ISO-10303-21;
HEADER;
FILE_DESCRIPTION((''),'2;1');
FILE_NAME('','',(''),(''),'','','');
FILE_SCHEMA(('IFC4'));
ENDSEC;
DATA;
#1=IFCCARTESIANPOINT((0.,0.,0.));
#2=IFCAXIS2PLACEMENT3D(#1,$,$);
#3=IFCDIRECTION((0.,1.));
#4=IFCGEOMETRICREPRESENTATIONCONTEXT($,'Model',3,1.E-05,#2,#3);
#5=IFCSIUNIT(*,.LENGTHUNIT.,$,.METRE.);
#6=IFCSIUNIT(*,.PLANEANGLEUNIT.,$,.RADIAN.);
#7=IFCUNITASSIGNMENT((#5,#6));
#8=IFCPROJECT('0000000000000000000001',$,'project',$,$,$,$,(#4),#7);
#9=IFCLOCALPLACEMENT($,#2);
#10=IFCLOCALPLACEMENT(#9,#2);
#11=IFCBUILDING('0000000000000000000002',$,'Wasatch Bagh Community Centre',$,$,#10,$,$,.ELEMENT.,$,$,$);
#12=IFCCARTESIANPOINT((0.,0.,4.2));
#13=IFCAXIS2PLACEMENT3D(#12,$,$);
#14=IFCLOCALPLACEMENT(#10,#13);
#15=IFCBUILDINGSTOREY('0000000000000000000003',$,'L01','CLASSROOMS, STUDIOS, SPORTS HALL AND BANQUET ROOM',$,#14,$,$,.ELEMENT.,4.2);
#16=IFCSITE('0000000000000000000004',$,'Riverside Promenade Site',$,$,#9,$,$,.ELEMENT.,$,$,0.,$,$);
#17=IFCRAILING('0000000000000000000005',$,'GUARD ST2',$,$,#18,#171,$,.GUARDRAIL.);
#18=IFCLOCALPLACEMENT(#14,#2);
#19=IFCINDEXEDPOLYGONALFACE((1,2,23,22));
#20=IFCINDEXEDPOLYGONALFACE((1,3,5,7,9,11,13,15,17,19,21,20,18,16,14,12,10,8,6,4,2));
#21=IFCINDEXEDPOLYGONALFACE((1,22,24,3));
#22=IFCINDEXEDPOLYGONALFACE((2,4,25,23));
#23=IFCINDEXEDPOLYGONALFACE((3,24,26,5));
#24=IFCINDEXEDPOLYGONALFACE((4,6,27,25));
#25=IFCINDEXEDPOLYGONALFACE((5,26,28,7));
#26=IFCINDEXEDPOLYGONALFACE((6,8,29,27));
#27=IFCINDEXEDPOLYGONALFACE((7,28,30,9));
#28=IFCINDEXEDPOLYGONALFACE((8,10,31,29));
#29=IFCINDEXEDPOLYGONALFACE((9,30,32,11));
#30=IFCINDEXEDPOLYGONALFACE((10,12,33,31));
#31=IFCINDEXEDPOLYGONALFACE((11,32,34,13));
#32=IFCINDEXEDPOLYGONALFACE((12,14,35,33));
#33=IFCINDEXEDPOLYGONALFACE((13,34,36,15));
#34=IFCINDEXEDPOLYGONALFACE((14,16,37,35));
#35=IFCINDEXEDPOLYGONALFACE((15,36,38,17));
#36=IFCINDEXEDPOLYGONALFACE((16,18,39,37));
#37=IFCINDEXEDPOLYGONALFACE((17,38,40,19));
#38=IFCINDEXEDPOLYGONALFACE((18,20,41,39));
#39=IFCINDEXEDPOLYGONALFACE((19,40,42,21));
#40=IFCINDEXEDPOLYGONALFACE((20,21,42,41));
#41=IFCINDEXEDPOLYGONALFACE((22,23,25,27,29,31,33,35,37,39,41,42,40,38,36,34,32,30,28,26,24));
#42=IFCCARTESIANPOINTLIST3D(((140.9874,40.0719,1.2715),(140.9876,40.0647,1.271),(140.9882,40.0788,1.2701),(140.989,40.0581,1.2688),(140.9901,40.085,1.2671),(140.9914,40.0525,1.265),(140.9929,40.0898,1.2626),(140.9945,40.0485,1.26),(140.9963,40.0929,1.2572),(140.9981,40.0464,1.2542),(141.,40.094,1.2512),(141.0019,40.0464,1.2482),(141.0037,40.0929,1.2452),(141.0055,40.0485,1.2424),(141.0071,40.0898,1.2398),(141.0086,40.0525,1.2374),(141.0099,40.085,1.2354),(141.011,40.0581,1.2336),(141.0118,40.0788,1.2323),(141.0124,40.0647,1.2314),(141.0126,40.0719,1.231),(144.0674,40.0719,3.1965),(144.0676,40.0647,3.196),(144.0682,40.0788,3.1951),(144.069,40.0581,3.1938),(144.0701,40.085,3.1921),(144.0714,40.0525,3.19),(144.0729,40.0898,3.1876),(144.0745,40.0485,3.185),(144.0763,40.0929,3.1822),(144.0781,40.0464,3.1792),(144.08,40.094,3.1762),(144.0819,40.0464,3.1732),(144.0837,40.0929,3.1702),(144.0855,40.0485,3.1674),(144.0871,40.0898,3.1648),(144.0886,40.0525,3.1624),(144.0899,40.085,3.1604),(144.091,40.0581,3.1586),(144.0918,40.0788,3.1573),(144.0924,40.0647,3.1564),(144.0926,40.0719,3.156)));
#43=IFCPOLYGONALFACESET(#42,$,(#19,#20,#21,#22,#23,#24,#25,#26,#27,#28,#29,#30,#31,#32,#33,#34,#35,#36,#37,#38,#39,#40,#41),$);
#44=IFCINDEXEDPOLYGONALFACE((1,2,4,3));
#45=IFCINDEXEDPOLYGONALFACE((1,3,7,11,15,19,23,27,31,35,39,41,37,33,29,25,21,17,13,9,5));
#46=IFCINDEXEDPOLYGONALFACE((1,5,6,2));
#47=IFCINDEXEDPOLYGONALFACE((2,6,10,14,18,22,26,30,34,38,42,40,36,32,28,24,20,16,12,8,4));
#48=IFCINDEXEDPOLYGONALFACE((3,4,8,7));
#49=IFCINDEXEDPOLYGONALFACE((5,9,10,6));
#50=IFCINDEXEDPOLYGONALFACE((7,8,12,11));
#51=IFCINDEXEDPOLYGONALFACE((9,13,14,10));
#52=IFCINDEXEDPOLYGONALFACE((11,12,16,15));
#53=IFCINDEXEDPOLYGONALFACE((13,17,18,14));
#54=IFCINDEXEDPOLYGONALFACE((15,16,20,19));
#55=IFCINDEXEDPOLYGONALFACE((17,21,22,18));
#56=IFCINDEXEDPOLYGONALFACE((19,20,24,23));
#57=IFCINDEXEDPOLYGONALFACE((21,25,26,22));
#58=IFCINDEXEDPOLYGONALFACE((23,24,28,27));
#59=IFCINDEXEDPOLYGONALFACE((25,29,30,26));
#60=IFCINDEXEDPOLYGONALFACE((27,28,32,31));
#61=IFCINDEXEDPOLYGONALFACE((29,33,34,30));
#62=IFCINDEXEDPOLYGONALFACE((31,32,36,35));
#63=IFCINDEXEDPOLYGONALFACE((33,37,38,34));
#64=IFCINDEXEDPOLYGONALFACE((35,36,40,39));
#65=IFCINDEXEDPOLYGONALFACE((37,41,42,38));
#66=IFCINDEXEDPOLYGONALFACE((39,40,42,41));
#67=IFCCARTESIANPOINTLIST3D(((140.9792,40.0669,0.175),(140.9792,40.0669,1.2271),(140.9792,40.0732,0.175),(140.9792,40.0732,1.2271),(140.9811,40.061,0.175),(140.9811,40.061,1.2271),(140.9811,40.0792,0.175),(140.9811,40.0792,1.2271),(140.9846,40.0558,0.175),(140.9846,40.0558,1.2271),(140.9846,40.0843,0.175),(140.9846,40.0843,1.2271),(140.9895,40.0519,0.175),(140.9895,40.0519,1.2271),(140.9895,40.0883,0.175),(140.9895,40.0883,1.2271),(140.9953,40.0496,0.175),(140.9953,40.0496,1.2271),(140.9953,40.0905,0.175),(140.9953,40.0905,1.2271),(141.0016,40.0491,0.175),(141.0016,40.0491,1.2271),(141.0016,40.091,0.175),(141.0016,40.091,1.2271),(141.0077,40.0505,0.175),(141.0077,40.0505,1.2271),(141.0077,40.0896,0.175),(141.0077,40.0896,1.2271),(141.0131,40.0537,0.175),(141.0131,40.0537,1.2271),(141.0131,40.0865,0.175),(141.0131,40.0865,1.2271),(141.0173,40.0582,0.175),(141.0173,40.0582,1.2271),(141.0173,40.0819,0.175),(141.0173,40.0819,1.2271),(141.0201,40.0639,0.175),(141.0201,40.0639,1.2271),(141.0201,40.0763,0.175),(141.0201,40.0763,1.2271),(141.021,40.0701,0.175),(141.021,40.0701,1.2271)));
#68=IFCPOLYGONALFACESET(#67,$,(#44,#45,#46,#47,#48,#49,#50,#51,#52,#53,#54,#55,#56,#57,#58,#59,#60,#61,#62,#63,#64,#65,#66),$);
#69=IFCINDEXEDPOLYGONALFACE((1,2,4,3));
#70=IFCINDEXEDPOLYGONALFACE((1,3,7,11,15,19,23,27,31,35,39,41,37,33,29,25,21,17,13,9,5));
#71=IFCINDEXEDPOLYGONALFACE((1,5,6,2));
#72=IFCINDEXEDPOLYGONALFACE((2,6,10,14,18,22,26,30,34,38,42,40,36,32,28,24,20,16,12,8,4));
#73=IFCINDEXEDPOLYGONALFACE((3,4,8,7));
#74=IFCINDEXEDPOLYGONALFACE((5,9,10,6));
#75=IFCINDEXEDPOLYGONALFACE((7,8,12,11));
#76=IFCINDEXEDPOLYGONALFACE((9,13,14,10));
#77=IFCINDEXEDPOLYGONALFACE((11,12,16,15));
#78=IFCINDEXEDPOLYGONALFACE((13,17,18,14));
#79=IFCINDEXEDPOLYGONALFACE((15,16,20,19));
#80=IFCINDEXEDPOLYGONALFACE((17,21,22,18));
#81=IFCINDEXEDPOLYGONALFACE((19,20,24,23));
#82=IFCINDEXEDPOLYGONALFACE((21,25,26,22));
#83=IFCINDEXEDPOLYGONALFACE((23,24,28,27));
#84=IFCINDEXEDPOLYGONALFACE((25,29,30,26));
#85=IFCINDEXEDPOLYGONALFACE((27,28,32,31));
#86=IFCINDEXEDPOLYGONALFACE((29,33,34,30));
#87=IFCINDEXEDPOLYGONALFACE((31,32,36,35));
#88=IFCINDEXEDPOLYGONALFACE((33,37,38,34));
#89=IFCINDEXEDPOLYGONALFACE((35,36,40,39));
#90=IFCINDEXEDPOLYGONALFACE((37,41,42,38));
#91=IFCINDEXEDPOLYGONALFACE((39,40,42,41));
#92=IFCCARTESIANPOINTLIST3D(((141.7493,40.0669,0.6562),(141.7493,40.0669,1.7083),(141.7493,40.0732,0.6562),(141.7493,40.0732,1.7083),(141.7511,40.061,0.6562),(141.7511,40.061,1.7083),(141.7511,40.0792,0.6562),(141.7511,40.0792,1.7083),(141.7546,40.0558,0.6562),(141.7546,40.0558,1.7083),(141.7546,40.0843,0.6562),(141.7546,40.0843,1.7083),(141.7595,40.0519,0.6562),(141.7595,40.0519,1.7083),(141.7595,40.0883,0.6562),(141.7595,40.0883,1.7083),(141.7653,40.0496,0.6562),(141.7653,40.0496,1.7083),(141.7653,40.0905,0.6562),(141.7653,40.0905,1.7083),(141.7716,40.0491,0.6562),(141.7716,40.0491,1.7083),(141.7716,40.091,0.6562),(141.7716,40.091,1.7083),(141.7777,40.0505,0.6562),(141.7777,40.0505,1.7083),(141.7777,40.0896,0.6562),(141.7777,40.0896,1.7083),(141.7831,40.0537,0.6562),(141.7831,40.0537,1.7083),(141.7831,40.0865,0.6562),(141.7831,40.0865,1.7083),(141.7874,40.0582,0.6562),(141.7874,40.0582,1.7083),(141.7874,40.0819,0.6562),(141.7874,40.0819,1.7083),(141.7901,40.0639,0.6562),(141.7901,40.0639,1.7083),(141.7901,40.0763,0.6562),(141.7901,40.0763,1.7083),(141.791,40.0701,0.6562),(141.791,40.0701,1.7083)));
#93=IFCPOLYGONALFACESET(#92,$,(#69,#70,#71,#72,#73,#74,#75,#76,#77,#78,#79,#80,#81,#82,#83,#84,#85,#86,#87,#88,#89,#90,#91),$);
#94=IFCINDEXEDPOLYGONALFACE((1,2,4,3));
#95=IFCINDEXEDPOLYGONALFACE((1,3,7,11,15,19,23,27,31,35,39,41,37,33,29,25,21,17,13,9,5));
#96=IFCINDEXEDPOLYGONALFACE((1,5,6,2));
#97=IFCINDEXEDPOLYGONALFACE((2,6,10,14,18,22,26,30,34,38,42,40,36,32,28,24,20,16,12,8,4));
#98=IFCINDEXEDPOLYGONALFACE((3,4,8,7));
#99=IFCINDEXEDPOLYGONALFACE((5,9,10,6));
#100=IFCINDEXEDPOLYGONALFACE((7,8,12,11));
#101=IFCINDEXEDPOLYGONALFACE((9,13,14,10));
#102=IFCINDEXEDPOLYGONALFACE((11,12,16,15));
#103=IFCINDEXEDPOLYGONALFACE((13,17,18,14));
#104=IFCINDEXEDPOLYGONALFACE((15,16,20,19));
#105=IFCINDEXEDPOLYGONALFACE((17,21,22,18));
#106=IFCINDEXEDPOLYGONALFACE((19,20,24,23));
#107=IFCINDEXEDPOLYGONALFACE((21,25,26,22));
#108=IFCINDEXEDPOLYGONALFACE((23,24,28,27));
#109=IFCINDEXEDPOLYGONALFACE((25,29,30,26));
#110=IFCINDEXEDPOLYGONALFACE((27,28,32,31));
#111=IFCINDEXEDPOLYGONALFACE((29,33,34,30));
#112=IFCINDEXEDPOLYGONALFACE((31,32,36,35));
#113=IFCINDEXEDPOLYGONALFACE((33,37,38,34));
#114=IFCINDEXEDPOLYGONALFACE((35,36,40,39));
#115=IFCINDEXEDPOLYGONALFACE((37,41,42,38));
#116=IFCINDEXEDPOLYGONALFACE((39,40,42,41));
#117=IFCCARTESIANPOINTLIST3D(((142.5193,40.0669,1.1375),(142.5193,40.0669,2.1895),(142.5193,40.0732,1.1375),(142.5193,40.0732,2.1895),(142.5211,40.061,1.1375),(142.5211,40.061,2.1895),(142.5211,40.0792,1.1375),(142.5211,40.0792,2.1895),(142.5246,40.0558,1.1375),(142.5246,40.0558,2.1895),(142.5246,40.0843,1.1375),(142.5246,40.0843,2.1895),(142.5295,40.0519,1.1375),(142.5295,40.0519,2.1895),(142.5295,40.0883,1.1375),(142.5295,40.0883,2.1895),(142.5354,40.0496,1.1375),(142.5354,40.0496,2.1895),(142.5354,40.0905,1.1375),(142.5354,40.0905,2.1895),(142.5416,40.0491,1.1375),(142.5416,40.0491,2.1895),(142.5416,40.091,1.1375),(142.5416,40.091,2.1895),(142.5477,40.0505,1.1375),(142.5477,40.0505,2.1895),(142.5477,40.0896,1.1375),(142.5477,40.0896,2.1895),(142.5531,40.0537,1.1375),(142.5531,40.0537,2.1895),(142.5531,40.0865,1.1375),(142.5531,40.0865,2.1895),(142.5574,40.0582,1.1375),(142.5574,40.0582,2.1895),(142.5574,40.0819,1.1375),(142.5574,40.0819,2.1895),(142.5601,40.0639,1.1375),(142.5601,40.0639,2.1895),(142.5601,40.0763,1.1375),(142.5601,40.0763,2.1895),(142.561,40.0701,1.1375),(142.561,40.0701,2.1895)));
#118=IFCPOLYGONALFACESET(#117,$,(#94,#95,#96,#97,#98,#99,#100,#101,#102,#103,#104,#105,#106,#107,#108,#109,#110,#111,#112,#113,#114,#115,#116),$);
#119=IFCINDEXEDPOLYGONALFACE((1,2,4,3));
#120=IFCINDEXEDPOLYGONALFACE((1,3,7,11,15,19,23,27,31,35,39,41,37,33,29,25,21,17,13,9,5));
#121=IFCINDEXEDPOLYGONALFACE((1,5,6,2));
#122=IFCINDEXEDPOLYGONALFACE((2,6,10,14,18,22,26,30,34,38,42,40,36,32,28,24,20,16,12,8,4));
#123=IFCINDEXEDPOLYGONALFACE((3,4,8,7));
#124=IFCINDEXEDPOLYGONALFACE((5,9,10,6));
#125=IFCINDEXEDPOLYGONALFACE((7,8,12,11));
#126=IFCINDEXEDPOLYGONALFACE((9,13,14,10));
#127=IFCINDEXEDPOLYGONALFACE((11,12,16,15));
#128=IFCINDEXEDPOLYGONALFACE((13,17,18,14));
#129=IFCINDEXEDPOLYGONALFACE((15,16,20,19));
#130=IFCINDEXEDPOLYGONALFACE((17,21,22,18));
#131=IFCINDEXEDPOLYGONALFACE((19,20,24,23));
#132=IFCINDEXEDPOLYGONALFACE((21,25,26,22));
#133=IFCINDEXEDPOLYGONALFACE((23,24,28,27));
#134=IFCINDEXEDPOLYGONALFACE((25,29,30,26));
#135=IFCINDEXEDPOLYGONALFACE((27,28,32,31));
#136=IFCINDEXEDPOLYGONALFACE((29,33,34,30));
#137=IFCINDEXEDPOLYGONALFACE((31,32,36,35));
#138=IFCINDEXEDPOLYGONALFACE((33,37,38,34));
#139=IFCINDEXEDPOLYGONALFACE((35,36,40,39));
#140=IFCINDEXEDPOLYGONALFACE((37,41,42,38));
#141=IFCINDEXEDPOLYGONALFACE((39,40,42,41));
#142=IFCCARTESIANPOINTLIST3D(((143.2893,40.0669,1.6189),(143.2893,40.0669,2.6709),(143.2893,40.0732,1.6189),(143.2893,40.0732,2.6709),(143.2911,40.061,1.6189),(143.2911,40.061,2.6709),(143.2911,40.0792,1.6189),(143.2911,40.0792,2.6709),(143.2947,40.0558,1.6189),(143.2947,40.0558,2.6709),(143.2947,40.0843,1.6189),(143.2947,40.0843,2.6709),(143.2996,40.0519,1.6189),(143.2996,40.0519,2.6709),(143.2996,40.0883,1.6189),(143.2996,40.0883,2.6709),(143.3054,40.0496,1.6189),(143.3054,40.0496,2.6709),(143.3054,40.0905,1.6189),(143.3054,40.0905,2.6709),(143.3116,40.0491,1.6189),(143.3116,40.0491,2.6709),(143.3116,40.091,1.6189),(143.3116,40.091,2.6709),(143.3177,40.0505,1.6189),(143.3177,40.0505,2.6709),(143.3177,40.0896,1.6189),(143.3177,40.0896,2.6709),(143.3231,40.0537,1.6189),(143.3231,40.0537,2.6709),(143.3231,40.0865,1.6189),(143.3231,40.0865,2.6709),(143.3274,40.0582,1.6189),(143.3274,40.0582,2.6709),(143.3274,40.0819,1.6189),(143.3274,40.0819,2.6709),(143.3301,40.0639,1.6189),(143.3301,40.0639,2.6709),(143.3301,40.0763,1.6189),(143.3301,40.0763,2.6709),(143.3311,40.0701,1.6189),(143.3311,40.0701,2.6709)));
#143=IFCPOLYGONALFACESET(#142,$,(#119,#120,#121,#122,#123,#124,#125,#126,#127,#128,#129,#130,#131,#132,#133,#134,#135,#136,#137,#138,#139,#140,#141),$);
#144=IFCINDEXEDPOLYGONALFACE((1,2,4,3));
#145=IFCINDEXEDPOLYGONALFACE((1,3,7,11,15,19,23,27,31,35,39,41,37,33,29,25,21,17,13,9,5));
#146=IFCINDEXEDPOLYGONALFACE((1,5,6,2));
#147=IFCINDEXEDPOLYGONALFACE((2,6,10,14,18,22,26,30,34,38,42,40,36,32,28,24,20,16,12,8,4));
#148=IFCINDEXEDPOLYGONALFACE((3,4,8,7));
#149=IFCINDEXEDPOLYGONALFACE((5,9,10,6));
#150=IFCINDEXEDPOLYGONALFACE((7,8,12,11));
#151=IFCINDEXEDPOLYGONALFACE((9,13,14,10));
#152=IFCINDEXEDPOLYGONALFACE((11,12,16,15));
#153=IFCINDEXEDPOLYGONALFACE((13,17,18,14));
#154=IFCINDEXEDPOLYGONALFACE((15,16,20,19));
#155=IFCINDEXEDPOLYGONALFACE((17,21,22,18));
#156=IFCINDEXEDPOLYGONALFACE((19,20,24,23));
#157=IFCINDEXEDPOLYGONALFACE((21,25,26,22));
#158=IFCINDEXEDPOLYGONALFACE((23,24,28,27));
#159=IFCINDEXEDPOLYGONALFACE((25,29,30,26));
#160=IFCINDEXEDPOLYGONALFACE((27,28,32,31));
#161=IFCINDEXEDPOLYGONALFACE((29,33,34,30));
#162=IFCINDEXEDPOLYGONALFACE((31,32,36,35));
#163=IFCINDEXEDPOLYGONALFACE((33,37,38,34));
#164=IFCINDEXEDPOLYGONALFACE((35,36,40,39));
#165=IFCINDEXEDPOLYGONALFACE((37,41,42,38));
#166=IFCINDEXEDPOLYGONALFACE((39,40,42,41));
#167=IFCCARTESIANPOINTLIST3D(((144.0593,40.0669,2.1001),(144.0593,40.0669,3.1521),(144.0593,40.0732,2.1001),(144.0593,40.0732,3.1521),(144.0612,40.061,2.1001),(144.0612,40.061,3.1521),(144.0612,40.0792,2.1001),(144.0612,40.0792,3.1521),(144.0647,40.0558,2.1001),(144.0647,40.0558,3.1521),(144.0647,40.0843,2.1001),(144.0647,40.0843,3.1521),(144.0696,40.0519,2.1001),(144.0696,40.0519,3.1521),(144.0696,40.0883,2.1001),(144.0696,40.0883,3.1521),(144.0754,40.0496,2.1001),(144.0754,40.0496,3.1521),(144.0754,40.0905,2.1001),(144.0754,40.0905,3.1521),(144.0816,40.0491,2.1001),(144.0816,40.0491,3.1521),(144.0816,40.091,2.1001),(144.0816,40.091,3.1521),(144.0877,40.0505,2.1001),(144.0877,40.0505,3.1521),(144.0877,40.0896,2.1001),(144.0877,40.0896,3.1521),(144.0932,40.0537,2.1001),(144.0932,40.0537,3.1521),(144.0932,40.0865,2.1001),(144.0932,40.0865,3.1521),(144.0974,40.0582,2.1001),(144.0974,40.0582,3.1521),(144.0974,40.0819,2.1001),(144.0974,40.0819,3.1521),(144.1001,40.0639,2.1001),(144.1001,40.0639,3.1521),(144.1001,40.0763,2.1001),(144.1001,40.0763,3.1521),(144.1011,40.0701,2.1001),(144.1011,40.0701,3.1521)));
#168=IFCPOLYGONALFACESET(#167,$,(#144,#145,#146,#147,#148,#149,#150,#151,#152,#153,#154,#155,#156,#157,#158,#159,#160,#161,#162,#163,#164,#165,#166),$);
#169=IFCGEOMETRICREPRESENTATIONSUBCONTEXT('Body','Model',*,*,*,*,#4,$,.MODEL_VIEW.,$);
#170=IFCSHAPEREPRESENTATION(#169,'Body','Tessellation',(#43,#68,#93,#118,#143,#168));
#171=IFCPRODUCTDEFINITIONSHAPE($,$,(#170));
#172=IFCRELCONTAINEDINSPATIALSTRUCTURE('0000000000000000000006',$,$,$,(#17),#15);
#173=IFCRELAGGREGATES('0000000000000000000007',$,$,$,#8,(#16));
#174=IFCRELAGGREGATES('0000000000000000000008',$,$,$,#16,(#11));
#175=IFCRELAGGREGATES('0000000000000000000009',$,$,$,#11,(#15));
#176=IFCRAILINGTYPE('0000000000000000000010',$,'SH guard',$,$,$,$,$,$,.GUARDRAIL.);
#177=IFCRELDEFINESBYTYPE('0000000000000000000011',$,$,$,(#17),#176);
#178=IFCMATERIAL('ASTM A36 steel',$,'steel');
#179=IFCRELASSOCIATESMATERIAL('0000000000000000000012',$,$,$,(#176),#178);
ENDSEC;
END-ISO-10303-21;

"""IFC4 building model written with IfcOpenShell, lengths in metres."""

from ifc_helpers import new_model, si_unit, direction, frame, origin, origin_2d, place, context, subcontext, project, spatial, circle, extrude, material, type_object, element, save


model = new_model("IFC4")

# Units and contexts
model_context = context("Model", 3, precision=1e-05, world=origin(), true_north=direction((0.0, 1.0)))
body_context = subcontext(model_context, "Body", "Model", "MODEL_VIEW")
ifc_project = project(units=[si_unit("LENGTHUNIT", "METRE"), si_unit("PLANEANGLEUNIT", "RADIAN")], contexts=[model_context])

# Site, building, storey
site_placement = place(None, origin())
site = spatial("IfcSite", under=ifc_project, at=site_placement, Name="Riverside Promenade Site", CompositionType="ELEMENT", RefElevation=0.0)
building_placement = place(site_placement, origin())
building = spatial("IfcBuilding", under=site, at=building_placement, Name="Wasatch Bagh Community Centre", CompositionType="ELEMENT")
storey_placement = place(building_placement, frame((0.0, 0.0, 4.2)))
storey = spatial("IfcBuildingStorey", under=building, at=storey_placement, Name="L01", Description="CLASSROOMS, STUDIOS, SPORTS HALL AND BANQUET ROOM", CompositionType="ELEMENT", Elevation=4.2)

# Railing
ifc_material_1 = material(Name="ASTM A36 steel", Category="steel")
railing_type_1 = type_object("IfcRailingType", Name="SH guard", PredefinedType="GUARDRAIL", material=ifc_material_1)
for number, where, name in (
    (1, (141.0, 40.0701, 0.175), "GUARD ST2"),
):
    element("IfcRailing", number, at=place(storey_placement, frame(where)), inside=storey, type_object=railing_type_1, Name=name, PredefinedType="GUARDRAIL", context=body_context, shape_type="SweptSolid", body=[
        extrude(circle(Radius=0.0239, at=origin_2d()), frame((0.0, 0.0, 1.0762), z_axis=(0.847998, 0.0, 0.529999), x_axis=(0.0, 1.0, 0.0)), (0.0, 0.0, 1.0), 3.6321),
        extrude(circle(Radius=0.021, at=origin_2d()), origin(), (0.0, 0.0, 1.0), 1.052),
        extrude(circle(Radius=0.021, at=origin_2d()), frame((0.77, 0.0, 0.4812)), (0.0, 0.0, 1.0), 1.052),
        extrude(circle(Radius=0.021, at=origin_2d()), frame((1.54, 0.0, 0.9624)), (0.0, 0.0, 1.0), 1.052),
        extrude(circle(Radius=0.021, at=origin_2d()), frame((2.3101, 0.0, 1.4438)), (0.0, 0.0, 1.0), 1.052),
        extrude(circle(Radius=0.021, at=origin_2d()), frame((3.0801, 0.0, 1.925)), (0.0, 0.0, 1.0), 1.052),
    ])

save(model, "model.ifc")
